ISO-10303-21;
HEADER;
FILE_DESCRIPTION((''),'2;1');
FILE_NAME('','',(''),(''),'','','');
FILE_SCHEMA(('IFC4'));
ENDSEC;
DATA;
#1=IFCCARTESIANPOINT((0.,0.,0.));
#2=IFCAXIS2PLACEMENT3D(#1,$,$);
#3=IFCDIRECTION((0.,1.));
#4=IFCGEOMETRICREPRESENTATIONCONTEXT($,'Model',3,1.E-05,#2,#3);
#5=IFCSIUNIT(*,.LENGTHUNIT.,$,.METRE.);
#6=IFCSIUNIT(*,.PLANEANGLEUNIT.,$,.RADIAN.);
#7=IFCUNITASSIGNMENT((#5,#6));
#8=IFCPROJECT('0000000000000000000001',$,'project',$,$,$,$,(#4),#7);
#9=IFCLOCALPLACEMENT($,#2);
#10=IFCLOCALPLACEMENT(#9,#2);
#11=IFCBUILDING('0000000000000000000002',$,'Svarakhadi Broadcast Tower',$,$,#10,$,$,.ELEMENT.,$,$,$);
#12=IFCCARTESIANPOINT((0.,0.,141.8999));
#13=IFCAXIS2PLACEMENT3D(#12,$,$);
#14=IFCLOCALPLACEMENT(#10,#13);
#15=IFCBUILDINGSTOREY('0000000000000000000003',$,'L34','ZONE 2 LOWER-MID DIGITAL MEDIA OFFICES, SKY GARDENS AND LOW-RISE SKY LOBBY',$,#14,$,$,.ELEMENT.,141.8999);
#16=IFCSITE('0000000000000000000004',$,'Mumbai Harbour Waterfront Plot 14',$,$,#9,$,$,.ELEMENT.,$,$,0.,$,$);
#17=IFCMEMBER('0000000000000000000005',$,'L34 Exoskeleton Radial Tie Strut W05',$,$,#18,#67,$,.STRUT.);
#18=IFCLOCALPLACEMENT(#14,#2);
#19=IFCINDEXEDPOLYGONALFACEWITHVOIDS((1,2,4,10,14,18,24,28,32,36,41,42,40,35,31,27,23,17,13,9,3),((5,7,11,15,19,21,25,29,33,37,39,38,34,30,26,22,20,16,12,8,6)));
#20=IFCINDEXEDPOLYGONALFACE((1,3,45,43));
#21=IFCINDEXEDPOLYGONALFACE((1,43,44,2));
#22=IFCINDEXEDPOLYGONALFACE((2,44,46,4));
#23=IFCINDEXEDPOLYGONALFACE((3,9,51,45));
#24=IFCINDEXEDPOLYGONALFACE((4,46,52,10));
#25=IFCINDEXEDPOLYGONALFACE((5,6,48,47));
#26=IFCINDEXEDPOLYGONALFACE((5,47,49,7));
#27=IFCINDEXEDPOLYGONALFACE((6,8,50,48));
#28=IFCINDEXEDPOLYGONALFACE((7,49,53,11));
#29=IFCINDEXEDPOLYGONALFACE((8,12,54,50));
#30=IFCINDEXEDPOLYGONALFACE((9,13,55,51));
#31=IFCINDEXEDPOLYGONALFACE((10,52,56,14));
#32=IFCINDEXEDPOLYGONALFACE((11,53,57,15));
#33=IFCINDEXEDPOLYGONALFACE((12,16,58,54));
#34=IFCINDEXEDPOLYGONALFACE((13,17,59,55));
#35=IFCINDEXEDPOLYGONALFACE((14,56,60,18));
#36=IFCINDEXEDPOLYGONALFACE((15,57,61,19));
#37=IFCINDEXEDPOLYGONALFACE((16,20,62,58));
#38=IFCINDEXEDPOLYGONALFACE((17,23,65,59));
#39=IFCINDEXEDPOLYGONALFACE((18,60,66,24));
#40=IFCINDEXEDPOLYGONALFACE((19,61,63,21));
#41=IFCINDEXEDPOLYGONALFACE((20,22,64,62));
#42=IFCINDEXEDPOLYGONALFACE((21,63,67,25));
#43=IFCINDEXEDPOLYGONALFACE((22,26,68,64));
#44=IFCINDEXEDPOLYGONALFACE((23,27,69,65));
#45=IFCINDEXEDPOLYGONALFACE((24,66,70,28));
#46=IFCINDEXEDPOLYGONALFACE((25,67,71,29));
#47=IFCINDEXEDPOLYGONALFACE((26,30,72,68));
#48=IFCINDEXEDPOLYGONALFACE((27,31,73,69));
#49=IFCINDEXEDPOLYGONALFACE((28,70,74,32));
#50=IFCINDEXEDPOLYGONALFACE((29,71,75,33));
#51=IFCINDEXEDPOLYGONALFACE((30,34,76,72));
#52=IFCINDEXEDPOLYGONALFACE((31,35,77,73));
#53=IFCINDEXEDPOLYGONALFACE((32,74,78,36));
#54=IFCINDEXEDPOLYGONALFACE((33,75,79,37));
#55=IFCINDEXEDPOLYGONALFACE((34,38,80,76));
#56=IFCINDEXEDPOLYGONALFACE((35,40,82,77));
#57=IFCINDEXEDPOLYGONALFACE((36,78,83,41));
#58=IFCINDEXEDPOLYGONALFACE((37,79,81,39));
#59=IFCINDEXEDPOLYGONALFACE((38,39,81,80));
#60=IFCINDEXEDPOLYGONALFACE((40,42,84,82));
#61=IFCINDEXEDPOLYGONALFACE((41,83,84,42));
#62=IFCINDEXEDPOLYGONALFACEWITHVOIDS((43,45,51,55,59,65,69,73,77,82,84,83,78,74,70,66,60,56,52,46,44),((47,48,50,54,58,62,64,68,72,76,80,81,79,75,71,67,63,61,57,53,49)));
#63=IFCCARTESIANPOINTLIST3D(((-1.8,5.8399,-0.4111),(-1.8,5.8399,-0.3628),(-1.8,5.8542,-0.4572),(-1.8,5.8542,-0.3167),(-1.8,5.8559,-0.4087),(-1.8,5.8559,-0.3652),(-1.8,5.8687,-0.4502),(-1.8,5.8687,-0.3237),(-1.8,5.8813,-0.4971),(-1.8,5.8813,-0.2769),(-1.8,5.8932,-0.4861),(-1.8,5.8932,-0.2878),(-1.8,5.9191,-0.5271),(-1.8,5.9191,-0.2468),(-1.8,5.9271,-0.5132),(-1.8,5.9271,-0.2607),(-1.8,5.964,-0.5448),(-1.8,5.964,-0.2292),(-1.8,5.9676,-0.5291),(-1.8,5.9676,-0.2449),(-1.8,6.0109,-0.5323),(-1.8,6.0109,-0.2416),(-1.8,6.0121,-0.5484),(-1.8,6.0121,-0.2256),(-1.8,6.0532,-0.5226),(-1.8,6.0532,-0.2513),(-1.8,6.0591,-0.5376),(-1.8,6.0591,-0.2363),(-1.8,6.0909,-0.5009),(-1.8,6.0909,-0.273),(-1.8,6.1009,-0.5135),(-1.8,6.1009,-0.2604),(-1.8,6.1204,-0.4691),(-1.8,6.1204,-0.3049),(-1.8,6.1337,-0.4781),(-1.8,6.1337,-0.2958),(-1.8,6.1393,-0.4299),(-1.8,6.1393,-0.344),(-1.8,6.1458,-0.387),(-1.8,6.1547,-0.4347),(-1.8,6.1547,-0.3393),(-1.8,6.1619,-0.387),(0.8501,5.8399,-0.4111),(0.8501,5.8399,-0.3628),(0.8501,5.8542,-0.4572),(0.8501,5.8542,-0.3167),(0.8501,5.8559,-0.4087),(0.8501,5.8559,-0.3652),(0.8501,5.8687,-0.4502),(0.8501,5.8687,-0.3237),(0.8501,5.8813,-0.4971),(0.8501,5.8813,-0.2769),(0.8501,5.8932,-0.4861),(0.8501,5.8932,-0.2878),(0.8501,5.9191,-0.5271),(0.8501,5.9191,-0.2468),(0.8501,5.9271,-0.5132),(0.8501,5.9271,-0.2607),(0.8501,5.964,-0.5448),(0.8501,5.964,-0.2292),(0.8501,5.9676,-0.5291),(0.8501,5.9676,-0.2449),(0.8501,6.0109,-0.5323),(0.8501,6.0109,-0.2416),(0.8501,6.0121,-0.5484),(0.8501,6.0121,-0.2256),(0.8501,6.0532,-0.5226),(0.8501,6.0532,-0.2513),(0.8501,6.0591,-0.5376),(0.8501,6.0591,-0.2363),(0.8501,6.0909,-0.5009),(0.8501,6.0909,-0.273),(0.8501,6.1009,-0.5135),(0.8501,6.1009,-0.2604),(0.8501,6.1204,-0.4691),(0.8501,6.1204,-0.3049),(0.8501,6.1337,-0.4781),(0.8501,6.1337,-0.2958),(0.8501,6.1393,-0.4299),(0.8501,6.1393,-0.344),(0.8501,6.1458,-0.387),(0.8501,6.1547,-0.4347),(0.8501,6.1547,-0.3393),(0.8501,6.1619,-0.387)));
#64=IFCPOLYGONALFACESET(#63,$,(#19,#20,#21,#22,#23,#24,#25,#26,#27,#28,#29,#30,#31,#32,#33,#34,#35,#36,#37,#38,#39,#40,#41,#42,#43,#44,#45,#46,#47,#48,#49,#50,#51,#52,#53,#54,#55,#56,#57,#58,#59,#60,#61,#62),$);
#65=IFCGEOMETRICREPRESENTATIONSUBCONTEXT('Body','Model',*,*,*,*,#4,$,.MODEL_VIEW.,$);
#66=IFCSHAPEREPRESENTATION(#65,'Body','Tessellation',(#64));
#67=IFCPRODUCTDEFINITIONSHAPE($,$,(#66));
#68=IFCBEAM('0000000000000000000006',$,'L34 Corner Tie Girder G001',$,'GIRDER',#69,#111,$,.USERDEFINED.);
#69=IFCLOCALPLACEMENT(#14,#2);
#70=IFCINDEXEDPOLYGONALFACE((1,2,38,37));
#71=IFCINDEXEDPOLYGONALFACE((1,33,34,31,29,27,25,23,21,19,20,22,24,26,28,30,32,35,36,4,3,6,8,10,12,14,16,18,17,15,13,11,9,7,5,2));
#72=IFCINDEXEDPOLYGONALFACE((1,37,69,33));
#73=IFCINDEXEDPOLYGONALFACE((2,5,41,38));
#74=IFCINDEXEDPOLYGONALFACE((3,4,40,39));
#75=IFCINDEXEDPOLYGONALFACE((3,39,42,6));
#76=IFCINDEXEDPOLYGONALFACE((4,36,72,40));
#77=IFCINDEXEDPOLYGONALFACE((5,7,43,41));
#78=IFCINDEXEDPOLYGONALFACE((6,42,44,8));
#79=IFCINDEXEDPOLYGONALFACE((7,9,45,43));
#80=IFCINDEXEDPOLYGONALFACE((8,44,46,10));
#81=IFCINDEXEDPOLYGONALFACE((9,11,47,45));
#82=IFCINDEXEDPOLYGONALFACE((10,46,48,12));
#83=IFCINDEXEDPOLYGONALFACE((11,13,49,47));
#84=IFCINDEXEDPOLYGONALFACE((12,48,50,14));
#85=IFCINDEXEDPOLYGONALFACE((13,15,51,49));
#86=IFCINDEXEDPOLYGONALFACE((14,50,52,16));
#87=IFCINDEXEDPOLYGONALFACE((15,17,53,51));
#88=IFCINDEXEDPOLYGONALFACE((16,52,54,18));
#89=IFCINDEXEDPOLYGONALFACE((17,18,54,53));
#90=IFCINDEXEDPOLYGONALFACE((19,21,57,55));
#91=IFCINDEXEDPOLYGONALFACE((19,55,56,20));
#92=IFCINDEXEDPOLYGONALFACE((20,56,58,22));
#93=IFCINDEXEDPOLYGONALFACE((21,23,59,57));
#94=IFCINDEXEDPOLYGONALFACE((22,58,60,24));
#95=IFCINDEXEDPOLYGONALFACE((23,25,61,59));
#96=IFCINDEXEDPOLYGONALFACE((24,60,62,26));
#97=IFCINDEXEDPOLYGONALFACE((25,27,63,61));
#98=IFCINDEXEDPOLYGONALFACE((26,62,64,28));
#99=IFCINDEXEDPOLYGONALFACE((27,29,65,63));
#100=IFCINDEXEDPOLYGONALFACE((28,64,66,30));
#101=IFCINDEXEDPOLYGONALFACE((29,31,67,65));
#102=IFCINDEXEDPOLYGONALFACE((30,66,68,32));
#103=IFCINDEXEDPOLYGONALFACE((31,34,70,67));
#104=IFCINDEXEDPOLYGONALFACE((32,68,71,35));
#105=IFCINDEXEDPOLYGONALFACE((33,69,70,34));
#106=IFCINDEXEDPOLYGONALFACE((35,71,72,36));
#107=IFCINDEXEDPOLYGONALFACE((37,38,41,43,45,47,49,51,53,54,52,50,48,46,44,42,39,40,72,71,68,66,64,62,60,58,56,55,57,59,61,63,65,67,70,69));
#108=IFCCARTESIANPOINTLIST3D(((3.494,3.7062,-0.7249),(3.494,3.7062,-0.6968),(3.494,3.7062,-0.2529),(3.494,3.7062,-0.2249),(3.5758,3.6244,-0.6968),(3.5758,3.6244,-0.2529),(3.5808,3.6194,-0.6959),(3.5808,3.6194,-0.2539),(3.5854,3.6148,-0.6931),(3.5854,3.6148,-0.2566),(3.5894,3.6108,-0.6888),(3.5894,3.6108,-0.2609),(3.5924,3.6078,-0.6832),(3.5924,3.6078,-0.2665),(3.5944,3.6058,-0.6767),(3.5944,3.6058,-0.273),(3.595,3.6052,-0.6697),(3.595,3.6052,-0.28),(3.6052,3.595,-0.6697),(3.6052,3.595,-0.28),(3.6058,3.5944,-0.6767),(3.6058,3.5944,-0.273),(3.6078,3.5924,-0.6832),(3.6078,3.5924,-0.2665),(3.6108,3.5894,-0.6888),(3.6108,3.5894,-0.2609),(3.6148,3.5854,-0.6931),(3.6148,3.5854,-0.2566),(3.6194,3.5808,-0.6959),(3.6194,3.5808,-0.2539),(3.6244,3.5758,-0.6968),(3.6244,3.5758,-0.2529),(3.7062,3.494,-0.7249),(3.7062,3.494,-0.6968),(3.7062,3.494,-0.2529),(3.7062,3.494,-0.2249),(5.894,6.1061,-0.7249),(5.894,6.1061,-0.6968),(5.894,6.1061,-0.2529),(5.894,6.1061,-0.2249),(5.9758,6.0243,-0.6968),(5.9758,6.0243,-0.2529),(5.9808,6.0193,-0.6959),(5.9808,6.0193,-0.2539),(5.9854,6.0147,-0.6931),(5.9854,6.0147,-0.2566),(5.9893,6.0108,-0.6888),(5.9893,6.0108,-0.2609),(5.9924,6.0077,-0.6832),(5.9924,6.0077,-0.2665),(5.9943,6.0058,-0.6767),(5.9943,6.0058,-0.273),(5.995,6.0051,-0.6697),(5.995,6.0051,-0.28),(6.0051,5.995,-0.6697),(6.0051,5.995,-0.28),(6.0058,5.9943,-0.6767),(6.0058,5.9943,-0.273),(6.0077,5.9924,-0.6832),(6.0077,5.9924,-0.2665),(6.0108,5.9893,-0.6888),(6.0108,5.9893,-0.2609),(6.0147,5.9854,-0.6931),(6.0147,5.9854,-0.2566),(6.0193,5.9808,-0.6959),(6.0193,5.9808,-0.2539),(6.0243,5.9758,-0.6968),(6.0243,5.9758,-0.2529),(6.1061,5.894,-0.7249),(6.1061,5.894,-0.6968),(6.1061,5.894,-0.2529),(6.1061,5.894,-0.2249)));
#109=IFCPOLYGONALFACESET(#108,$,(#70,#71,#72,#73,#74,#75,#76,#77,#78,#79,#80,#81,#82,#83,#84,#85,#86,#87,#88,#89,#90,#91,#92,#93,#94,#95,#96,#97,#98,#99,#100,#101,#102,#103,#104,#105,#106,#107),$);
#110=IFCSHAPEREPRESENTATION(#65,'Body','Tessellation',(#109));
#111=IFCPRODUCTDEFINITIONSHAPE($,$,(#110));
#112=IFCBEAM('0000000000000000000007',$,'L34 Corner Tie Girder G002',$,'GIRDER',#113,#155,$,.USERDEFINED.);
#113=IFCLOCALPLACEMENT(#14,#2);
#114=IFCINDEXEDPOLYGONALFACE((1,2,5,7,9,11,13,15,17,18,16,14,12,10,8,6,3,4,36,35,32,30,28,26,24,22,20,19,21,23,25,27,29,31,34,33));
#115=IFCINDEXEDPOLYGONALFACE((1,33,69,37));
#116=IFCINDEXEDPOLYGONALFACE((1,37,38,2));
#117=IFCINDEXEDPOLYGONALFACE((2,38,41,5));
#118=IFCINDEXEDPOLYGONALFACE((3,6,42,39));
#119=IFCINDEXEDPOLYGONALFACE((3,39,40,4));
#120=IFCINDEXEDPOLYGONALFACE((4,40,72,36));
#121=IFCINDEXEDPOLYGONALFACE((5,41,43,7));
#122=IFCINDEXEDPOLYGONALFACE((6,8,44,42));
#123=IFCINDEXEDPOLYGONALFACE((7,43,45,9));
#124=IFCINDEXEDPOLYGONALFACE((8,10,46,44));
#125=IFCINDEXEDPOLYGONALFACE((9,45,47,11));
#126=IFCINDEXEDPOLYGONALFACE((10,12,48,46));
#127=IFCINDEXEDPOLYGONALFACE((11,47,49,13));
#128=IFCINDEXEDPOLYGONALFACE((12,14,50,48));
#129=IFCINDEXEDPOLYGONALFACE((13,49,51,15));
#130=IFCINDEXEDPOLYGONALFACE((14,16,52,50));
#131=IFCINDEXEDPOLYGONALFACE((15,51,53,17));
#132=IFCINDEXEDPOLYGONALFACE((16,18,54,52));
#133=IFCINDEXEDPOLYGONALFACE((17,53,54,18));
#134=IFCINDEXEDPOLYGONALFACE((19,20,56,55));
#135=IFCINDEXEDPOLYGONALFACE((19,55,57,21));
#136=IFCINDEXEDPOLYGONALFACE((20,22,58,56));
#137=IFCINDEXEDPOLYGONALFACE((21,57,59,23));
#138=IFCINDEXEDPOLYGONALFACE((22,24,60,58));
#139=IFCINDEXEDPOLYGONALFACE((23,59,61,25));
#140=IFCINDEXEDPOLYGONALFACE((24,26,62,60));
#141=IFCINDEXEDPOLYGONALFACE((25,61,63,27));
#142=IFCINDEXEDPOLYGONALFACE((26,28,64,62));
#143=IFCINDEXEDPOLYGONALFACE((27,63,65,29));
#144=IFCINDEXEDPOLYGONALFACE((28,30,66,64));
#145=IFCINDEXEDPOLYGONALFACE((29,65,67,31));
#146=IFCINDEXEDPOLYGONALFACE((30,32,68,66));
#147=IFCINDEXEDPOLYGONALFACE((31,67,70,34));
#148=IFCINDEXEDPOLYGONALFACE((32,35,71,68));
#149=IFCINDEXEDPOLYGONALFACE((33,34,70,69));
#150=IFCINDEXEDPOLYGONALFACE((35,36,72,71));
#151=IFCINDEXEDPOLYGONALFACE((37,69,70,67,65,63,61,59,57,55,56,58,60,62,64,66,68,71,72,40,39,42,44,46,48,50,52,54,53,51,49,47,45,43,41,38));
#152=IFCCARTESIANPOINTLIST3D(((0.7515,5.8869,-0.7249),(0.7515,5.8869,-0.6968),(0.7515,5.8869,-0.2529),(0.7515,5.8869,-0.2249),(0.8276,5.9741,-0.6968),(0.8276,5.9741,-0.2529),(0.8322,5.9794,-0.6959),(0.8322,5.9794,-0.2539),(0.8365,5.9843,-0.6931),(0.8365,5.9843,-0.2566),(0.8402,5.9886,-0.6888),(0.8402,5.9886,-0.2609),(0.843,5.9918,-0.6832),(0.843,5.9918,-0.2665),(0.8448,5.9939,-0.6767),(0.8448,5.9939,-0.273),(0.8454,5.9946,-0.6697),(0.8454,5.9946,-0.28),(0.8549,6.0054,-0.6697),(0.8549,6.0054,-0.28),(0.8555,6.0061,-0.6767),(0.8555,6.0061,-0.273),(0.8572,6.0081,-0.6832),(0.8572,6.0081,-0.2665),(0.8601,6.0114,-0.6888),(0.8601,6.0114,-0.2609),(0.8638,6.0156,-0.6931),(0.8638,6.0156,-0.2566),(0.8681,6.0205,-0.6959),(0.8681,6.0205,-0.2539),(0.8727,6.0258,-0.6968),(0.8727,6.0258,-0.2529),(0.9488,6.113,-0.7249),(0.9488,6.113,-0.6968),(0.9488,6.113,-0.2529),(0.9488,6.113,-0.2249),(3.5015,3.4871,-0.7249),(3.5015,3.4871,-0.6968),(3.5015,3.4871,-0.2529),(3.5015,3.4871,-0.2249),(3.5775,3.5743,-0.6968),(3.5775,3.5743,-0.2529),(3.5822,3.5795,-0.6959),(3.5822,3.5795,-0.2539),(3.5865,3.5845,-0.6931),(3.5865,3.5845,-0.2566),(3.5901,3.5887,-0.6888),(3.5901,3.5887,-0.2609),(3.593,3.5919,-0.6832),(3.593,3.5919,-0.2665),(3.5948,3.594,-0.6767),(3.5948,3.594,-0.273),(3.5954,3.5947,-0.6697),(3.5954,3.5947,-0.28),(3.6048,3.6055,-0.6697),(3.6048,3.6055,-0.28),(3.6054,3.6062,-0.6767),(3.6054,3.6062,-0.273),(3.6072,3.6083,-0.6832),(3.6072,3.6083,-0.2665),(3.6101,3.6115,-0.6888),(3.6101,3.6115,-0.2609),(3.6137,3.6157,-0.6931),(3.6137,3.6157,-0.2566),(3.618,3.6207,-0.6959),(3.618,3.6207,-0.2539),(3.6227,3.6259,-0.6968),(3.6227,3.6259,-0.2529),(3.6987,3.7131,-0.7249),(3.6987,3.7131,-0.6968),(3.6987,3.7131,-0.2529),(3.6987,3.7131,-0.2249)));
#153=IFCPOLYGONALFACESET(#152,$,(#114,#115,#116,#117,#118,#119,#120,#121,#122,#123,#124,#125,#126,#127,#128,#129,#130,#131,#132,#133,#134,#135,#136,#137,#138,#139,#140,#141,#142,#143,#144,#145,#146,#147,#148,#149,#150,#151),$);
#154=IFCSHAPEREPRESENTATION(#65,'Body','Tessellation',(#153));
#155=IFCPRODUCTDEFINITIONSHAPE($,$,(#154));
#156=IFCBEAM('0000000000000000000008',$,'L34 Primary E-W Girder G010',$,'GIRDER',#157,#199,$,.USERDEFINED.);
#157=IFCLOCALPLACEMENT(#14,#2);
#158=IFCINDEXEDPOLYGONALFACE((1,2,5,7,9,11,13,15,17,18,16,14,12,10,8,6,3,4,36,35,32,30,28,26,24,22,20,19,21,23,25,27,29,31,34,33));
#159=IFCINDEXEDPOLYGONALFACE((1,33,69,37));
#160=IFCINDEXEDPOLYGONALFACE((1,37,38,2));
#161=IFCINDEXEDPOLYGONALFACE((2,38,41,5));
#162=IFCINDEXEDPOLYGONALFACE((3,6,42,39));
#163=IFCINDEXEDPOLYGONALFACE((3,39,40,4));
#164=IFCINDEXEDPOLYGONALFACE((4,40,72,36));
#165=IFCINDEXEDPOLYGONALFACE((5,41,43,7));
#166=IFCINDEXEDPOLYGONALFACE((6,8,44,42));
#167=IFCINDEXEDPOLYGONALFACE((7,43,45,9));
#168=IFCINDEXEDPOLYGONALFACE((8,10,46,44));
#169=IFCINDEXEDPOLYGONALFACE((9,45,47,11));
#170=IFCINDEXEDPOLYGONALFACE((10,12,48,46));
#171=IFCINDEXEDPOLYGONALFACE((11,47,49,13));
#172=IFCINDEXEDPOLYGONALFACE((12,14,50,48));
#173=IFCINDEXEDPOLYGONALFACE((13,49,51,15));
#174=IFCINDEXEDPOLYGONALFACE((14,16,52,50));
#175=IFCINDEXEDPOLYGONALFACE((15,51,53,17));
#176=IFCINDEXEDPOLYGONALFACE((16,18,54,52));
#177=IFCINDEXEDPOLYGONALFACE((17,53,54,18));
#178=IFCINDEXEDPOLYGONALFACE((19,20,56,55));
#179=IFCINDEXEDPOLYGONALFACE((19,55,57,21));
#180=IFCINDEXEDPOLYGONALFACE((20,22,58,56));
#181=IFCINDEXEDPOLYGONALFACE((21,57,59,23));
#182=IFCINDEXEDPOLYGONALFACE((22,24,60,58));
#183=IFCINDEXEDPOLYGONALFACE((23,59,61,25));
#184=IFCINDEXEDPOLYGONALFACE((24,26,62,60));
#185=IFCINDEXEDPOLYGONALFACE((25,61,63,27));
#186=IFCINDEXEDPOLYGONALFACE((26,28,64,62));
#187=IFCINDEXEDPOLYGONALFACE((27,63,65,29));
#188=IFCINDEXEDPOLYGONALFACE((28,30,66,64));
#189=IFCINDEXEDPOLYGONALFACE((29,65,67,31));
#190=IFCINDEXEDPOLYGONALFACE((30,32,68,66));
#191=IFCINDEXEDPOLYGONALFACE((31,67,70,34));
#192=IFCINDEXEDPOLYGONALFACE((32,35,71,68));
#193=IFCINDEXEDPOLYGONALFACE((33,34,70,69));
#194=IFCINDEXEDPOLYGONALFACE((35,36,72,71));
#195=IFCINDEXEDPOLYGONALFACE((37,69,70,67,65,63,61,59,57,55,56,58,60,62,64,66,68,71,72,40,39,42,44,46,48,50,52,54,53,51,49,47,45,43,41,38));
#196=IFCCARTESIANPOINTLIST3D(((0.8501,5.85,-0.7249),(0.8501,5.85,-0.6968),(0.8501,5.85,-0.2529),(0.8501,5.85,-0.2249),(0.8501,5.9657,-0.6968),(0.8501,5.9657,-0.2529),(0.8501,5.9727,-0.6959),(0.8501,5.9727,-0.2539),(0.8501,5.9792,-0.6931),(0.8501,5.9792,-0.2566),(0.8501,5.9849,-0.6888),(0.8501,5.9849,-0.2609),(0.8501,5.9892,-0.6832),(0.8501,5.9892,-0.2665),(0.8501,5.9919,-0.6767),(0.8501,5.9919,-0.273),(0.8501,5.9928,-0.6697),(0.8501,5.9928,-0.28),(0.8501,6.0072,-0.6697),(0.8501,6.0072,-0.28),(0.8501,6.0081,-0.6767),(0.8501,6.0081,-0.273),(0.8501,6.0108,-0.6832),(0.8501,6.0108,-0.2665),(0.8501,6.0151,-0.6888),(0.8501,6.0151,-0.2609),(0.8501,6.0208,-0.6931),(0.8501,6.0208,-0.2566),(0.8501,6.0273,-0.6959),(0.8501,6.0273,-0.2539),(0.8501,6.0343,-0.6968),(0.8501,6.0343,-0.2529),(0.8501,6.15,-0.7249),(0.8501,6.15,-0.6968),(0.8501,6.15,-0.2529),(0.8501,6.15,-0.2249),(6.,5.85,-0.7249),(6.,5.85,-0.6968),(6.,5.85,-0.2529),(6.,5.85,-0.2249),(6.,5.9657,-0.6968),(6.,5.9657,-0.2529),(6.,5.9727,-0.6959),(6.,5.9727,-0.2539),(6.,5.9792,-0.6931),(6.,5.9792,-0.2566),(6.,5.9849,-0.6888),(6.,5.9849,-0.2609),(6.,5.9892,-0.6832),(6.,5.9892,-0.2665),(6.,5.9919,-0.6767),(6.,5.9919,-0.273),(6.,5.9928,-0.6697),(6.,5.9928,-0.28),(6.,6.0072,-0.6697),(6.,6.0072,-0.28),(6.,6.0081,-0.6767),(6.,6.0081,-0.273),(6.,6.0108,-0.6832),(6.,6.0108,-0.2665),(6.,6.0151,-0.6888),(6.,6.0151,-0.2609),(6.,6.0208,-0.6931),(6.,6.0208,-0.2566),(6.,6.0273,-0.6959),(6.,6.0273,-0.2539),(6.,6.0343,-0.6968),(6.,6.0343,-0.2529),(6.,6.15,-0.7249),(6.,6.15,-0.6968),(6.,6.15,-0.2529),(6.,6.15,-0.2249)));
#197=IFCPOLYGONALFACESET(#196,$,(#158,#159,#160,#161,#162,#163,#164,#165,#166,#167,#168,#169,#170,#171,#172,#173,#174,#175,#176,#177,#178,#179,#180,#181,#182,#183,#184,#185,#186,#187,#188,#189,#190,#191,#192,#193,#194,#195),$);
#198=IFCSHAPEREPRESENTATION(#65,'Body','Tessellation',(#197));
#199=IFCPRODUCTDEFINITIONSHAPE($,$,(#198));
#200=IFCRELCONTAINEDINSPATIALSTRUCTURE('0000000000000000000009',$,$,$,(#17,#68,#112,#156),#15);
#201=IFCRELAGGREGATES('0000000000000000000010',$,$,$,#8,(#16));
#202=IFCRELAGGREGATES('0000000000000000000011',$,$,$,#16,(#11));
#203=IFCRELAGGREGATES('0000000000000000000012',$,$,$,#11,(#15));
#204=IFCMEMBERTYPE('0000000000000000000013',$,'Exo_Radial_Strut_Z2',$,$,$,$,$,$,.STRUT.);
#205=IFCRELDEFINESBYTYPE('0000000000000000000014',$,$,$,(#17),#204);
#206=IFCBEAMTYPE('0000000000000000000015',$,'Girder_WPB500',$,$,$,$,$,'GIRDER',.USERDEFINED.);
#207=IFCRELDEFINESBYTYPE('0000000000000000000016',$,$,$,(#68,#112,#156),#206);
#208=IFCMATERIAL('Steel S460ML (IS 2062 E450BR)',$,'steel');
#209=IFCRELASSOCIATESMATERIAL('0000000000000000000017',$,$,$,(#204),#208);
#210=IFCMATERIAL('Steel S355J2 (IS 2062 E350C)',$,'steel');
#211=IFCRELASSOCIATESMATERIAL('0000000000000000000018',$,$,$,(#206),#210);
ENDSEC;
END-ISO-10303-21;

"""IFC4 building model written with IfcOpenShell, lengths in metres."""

from ifc_helpers import new_model, si_unit, direction, frame, origin, origin_2d, place, context, subcontext, project, spatial, hollow_circle, i_section, extrude, material, material_profile, profile_set, type_object, element, save


model = new_model("IFC4")

# Units and contexts
model_context = context("Model", 3, precision=1e-05, world=origin(), true_north=direction((0.0, 1.0)))
body_context = subcontext(model_context, "Body", "Model", "MODEL_VIEW")
ifc_project = project(units=[si_unit("LENGTHUNIT", "METRE"), si_unit("PLANEANGLEUNIT", "RADIAN")], contexts=[model_context])

# Site, building, storey
site_placement = place(None, origin())
site = spatial("IfcSite", under=ifc_project, at=site_placement, Name="Mumbai Harbour Waterfront Plot 14", CompositionType="ELEMENT", RefElevation=0.0)
building_placement = place(site_placement, origin())
building = spatial("IfcBuilding", under=site, at=building_placement, Name="Svarakhadi Broadcast Tower", CompositionType="ELEMENT")
storey_placement = place(building_placement, frame((0.0, 0.0, 141.8999)))
storey = spatial("IfcBuildingStorey", under=building, at=storey_placement, Name="L34", Description="ZONE 2 LOWER-MID DIGITAL MEDIA OFFICES, SKY GARDENS AND LOW-RISE SKY LOBBY", CompositionType="ELEMENT", Elevation=141.8999)

# Shared definitions
ifc_material_1 = material(Name="Steel S460ML (IS 2062 E450BR)", Category="steel")

# Member
ifc_material_profile_1 = material_profile(ifc_material_1, hollow_circle(Radius=0.1619, WallThickness=0.0161, at=origin_2d()), Name="CHS 323.9x16")
ifc_profile_set_1 = profile_set([ifc_material_profile_1], Name="Steel S460ML (IS 2062 E450BR)")
member_type_1 = type_object("IfcMemberType", Name="Exo_Radial_Strut_Z2", PredefinedType="STRUT", material=ifc_profile_set_1)
member_1_placement = place(storey_placement, frame((-1.8, 6.0, -0.387), z_axis=(1.0, 0.0, 0.0), x_axis=(0.0, 1.0, 0.0)))
element("IfcMember", 1, at=member_1_placement, inside=storey, type_object=member_type_1, Name="L34 Exoskeleton Radial Tie Strut W05", PredefinedType="STRUT", context=body_context, shape_type="SweptSolid", body=[
    extrude(hollow_circle(Radius=0.1619, WallThickness=0.0161, at=origin_2d()), origin(), (0.0, 0.0, 1.0), 2.6501),
])

# Beams
ifc_material_2 = material(Name="Steel S355J2 (IS 2062 E350C)", Category="steel")
ifc_material_profile_2 = material_profile(ifc_material_2, i_section(OverallWidth=0.3, OverallDepth=0.5, WebThickness=0.0144, FlangeThickness=0.0281, FilletRadius=0.0271, at=origin_2d()), Name="WPB 500x300x187")
ifc_profile_set_2 = profile_set([ifc_material_profile_2], Name="Steel S355J2 (IS 2062 E350C)")
beam_type = type_object("IfcBeamType", Name="Girder_WPB500", ElementType="GIRDER", PredefinedType="USERDEFINED", material=ifc_profile_set_2)
beam_1_placement = place(storey_placement, frame((3.6001, 3.6001, -0.4749), z_axis=(0.707107, 0.707107, 0.0), x_axis=(-0.707107, 0.707107, 0.0)))
element("IfcBeam", 2, at=beam_1_placement, inside=storey, type_object=beam_type, Name="L34 Corner Tie Girder G001", ObjectType="GIRDER", PredefinedType="USERDEFINED", context=body_context, shape_type="SweptSolid", body=[
    extrude(i_section(OverallWidth=0.3, OverallDepth=0.5, WebThickness=0.0144, FlangeThickness=0.0281, FilletRadius=0.0271, at=origin_2d()), origin(), (0.0, 0.0, 1.0), 3.394),
])
beam_2_placement = place(storey_placement, frame((3.6001, 3.6001, -0.4749), z_axis=(-0.753438, 0.657519, 0.0), x_axis=(-0.657519, -0.753438, 0.0)))
element("IfcBeam", 3, at=beam_2_placement, inside=storey, type_object=beam_type, Name="L34 Corner Tie Girder G002", ObjectType="GIRDER", PredefinedType="USERDEFINED", context=body_context, shape_type="SweptSolid", body=[
    extrude(i_section(OverallWidth=0.3, OverallDepth=0.5, WebThickness=0.0144, FlangeThickness=0.0281, FilletRadius=0.0271, at=origin_2d()), origin(), (0.0, 0.0, 1.0), 3.6499),
])
beam_3_placement = place(storey_placement, frame((0.8501, 6.0, -0.4749), z_axis=(1.0, 0.0, 0.0), x_axis=(0.0, 1.0, 0.0)))
element("IfcBeam", 4, at=beam_3_placement, inside=storey, type_object=beam_type, Name="L34 Primary E-W Girder G010", ObjectType="GIRDER", PredefinedType="USERDEFINED", context=body_context, shape_type="SweptSolid", body=[
    extrude(i_section(OverallWidth=0.3, OverallDepth=0.5, WebThickness=0.0144, FlangeThickness=0.0281, FilletRadius=0.0271, at=origin_2d()), origin(), (0.0, 0.0, 1.0), 5.1499),
])

save(model, "model.ifc")
